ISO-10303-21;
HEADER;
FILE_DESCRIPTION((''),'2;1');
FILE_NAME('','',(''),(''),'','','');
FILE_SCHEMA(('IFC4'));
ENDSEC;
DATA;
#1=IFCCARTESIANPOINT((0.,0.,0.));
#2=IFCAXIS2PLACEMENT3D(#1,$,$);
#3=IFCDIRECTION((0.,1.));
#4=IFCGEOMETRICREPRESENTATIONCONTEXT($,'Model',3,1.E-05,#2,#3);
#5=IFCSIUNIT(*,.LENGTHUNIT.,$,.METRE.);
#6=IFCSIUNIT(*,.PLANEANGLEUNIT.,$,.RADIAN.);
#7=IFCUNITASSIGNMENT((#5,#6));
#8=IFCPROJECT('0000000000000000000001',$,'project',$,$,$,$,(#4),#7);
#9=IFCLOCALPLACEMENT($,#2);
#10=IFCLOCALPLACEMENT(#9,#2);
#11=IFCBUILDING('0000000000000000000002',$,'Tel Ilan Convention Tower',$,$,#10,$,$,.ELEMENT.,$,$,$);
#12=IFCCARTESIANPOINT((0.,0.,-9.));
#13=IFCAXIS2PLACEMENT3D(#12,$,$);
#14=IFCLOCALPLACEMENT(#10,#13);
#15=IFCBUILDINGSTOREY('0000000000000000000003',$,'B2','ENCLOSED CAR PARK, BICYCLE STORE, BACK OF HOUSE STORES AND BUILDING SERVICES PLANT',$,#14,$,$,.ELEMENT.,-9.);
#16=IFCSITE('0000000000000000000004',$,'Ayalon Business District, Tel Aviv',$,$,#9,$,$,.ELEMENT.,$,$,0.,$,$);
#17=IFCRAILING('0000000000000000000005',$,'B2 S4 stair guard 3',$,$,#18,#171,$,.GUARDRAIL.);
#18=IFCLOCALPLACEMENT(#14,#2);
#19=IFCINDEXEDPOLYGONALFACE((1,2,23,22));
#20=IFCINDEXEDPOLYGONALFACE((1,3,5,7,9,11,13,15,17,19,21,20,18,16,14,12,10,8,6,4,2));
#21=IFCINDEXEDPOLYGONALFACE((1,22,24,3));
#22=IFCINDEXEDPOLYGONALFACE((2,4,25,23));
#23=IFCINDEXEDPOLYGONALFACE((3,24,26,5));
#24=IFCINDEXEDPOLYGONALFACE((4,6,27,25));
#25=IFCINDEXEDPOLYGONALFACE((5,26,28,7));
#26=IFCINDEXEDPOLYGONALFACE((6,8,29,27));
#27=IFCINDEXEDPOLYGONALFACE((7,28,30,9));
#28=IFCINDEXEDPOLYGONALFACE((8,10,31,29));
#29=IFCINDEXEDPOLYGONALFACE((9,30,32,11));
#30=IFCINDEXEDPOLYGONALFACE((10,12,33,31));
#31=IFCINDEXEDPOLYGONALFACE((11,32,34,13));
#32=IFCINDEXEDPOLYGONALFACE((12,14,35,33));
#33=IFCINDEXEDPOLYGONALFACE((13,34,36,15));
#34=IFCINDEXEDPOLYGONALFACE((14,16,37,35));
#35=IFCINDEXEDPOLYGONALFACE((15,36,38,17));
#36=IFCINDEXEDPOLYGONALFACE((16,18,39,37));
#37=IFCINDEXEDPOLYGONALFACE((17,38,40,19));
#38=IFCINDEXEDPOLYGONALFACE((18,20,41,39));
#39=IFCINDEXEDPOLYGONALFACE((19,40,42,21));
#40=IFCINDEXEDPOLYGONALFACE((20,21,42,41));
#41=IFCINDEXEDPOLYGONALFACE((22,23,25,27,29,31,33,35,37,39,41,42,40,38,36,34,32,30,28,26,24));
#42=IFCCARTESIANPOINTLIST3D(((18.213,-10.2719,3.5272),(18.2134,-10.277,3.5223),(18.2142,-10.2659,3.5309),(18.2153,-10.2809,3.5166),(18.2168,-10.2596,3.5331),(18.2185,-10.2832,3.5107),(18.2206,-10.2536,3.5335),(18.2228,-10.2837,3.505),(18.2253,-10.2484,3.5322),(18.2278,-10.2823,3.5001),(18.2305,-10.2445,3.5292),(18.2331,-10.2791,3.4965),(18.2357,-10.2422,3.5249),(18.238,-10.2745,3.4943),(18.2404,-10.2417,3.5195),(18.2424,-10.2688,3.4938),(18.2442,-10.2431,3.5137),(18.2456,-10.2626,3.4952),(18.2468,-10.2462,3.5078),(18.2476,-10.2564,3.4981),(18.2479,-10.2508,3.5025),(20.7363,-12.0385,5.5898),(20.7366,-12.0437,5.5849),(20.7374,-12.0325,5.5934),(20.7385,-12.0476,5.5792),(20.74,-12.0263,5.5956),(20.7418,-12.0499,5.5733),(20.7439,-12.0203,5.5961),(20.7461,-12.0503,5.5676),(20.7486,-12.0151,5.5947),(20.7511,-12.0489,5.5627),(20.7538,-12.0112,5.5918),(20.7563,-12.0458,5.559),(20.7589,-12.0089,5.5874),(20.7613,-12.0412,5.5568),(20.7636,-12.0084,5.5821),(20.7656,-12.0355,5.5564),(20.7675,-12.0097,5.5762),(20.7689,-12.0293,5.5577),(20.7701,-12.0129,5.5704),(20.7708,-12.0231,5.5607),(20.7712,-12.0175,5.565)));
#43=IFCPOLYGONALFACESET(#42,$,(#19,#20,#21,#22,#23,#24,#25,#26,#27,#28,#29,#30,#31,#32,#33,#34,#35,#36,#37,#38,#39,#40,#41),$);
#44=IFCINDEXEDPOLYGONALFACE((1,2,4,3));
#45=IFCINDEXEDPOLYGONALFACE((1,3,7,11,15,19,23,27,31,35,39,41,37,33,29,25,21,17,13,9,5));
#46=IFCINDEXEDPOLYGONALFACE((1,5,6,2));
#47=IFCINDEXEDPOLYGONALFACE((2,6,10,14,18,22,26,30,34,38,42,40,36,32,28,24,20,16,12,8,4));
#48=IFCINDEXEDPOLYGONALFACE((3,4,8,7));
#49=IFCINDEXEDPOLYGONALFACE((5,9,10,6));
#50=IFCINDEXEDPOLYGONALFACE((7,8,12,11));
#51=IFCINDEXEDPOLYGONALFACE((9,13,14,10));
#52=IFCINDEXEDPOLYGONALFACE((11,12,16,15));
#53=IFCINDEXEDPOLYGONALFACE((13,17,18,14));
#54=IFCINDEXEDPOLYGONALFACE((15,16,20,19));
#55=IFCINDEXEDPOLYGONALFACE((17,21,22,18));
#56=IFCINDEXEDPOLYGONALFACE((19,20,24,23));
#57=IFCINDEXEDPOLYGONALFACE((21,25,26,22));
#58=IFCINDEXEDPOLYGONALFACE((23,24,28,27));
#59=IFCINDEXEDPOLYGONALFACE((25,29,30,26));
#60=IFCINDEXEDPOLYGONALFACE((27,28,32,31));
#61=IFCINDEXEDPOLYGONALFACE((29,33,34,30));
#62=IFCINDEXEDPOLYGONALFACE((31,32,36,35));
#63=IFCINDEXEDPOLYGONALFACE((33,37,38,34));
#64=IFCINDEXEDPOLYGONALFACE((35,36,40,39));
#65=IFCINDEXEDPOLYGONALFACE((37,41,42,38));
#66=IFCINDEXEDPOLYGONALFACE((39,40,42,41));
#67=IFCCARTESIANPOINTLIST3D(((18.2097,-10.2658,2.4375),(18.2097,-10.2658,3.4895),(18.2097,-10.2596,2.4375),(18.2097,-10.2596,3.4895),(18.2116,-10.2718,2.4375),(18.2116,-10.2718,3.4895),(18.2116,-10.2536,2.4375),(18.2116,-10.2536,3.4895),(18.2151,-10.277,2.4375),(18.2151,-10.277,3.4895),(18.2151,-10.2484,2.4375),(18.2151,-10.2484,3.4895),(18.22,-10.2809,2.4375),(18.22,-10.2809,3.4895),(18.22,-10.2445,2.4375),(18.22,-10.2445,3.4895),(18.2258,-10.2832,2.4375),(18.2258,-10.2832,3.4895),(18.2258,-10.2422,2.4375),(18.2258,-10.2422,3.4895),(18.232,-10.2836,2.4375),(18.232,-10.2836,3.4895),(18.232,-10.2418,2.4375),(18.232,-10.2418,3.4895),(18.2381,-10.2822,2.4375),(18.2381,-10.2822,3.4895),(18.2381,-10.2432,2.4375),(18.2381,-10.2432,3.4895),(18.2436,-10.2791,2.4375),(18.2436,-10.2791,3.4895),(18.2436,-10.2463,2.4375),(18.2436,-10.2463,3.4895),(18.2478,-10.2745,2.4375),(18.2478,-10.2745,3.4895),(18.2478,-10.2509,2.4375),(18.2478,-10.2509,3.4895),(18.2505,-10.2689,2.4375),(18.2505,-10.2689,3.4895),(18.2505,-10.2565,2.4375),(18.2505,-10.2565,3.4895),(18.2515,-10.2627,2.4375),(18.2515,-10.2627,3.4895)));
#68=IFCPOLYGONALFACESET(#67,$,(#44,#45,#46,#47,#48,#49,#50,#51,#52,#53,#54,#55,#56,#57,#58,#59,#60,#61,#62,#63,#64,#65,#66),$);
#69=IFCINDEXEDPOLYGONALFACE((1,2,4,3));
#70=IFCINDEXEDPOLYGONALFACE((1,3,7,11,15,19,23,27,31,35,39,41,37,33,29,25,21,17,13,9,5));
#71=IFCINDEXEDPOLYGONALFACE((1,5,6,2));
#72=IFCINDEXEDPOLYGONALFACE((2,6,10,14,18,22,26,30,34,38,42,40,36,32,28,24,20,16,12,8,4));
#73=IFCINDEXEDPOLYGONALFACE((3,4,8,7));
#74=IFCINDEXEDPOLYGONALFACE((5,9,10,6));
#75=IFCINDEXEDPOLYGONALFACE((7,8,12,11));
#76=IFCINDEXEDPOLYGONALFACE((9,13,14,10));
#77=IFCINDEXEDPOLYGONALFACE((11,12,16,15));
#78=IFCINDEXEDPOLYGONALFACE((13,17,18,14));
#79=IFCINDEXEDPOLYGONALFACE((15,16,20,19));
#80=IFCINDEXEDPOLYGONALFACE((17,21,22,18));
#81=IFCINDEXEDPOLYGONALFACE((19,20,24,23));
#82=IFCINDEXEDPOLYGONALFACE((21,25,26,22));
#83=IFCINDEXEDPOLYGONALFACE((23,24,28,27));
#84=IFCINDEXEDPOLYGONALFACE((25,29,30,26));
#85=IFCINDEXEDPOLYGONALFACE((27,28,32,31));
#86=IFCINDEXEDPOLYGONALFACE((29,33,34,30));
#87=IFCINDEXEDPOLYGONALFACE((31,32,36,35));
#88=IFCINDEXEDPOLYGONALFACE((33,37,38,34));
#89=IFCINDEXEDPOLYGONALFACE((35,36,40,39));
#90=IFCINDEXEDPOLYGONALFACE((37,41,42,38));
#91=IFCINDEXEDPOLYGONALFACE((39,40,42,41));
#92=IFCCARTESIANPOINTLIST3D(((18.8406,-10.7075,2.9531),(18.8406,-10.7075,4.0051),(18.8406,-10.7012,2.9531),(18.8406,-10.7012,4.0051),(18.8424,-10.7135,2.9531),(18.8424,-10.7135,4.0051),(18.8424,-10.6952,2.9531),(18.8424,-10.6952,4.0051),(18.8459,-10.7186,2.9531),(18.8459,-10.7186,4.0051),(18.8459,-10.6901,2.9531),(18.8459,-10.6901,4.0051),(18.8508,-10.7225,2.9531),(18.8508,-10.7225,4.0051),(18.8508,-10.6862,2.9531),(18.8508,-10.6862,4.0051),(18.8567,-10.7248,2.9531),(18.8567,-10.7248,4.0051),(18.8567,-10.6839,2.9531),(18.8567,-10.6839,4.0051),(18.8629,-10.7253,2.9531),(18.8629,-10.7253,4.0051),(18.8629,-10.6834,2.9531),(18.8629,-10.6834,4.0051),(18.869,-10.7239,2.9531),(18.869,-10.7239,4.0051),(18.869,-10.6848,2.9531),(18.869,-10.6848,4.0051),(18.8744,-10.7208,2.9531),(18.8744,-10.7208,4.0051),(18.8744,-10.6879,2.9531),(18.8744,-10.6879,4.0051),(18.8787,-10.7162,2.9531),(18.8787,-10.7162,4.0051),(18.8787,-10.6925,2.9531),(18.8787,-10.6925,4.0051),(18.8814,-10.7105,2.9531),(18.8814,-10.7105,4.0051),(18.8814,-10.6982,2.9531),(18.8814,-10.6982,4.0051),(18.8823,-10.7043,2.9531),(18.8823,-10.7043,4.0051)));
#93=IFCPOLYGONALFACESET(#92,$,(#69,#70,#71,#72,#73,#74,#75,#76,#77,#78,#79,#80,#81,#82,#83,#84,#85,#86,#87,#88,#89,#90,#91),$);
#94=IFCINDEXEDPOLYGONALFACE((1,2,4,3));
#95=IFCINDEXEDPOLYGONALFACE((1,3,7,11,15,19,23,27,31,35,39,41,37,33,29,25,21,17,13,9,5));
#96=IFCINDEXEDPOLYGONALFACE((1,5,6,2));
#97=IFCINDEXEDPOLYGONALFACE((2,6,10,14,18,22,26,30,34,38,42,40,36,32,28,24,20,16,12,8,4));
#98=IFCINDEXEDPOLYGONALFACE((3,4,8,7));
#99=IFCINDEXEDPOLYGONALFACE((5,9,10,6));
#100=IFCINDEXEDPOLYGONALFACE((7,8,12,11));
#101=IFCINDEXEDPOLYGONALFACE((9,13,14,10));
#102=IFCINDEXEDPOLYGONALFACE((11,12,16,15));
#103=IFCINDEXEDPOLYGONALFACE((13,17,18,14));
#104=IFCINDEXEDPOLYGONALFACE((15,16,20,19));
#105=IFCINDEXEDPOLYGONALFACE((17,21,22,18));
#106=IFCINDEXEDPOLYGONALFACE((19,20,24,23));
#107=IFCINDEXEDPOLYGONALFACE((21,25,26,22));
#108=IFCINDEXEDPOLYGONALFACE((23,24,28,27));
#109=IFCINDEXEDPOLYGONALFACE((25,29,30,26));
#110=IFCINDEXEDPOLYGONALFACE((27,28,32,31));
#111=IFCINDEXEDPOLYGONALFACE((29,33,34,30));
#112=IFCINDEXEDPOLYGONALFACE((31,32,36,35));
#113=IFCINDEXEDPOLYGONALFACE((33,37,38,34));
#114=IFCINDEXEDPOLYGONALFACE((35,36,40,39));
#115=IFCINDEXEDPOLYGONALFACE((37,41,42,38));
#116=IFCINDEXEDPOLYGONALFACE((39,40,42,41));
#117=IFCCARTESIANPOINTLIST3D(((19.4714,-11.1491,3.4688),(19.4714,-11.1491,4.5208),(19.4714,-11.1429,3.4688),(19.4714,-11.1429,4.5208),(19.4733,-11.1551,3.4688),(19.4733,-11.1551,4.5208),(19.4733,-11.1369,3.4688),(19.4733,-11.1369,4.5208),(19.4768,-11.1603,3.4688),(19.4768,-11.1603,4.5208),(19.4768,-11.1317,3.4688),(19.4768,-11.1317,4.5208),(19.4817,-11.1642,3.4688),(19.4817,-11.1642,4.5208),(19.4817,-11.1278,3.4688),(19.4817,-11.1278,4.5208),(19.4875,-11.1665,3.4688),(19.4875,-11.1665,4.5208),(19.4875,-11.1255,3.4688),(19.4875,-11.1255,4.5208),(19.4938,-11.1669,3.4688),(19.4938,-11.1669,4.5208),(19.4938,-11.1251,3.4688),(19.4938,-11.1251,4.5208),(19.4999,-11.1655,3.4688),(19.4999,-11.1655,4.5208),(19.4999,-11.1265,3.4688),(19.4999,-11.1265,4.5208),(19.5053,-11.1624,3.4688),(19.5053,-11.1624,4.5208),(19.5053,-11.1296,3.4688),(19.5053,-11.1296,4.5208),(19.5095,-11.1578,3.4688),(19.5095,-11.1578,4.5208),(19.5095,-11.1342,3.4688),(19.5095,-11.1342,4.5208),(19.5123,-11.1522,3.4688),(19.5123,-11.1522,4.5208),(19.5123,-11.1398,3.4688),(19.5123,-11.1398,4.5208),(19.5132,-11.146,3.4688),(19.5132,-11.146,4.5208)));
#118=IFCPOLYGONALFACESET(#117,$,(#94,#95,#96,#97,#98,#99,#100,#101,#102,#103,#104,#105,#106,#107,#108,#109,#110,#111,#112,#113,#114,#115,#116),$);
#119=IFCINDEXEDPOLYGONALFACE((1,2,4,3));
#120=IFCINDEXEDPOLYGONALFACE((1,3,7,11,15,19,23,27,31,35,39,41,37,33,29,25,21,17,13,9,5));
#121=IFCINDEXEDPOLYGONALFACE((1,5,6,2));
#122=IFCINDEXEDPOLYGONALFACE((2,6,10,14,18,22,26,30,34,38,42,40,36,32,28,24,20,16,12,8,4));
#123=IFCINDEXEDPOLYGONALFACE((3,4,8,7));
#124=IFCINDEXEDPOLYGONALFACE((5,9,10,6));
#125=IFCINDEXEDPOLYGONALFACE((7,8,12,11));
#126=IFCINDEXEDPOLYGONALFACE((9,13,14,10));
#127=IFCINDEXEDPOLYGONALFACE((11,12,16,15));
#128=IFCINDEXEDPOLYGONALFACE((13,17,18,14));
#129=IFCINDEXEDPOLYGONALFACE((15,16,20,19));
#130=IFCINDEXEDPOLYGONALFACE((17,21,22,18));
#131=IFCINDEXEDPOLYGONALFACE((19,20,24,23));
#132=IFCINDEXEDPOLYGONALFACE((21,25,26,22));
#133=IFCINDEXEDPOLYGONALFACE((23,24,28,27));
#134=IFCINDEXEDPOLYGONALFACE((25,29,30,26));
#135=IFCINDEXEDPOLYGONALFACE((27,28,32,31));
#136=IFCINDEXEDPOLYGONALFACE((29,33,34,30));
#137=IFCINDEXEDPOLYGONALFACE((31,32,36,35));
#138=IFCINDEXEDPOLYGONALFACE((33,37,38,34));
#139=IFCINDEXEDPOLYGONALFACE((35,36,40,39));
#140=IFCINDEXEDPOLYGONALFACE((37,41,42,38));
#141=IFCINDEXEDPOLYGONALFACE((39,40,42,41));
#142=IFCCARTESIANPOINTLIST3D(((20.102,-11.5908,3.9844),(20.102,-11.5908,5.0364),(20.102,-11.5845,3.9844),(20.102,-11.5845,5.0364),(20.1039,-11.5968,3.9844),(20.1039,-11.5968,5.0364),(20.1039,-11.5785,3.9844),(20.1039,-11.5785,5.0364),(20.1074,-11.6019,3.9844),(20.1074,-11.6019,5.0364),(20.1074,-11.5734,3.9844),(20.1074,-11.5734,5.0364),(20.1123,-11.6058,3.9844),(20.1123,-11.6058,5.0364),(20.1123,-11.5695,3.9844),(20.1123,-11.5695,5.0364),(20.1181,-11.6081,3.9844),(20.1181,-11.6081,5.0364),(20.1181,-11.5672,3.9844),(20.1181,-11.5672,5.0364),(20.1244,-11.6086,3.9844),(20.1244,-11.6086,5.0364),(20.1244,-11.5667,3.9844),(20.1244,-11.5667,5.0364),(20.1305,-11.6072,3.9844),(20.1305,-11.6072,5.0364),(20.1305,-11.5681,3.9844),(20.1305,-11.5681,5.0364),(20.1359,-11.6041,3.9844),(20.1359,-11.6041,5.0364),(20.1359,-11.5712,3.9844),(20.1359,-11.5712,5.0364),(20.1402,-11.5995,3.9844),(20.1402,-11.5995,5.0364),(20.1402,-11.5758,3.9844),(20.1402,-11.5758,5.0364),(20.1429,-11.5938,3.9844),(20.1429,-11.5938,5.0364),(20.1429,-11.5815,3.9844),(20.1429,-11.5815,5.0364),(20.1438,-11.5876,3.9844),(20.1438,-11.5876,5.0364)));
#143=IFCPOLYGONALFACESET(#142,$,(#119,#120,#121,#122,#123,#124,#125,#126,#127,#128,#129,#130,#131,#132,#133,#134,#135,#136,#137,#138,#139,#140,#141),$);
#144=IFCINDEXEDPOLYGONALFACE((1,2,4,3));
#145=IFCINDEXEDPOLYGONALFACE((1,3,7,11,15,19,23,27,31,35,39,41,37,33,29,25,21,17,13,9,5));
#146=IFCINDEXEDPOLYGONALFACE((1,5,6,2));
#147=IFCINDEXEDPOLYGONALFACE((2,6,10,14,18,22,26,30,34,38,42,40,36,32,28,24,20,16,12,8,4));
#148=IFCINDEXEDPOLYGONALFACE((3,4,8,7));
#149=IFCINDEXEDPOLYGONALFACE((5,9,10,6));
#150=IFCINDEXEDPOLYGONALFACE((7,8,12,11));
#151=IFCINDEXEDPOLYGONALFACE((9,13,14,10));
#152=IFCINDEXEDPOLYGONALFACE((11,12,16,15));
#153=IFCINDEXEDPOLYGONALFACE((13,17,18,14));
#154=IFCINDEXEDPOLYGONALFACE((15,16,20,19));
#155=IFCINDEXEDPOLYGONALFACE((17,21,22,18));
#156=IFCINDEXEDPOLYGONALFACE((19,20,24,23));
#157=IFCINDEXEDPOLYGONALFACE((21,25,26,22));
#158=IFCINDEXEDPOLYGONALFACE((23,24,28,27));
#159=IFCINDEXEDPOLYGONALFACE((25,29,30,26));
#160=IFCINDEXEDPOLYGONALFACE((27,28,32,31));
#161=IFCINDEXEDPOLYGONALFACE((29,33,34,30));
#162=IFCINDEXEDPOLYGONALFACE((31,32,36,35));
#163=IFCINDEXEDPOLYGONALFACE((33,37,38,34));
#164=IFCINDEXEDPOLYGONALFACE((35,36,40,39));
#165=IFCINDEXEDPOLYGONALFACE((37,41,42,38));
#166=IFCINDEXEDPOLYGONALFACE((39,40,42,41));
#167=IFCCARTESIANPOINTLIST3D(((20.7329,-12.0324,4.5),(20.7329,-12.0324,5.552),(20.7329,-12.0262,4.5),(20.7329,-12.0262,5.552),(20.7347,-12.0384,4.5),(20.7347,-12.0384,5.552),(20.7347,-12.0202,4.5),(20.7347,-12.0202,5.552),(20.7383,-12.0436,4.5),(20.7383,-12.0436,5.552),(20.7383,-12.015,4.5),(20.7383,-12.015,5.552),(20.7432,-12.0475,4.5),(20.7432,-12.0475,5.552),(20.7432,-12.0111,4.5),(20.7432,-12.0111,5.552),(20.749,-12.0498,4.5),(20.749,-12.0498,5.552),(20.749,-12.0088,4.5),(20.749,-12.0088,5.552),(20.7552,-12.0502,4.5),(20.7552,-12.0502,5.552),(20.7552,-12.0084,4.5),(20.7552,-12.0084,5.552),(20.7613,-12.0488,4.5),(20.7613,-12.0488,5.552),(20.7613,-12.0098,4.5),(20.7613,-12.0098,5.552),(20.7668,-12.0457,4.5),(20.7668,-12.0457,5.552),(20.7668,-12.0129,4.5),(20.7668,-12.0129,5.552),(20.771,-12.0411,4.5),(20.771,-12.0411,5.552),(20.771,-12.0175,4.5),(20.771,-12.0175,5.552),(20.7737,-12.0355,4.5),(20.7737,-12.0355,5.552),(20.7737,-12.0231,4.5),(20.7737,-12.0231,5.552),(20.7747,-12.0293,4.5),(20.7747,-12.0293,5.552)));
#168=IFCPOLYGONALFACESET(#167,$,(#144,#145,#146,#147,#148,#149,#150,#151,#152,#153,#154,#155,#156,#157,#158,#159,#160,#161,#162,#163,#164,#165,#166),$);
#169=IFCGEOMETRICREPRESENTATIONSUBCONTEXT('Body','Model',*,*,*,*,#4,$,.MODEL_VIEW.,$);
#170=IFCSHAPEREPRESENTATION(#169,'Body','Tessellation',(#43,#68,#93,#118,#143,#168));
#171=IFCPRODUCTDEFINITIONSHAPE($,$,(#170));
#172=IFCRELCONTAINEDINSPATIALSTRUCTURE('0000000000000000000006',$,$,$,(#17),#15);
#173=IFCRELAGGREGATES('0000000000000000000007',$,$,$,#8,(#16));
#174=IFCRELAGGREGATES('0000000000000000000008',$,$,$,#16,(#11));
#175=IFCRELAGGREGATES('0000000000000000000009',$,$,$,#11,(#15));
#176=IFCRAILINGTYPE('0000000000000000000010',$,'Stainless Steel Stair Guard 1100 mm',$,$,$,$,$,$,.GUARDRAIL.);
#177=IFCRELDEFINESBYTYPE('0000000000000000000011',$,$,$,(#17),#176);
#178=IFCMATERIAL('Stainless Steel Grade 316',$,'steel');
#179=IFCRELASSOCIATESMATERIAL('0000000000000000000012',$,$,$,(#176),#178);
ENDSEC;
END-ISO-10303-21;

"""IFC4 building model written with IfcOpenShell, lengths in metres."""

from ifc_helpers import new_model, si_unit, direction, frame, origin, origin_2d, place, context, subcontext, project, spatial, circle, extrude, material, type_object, element, save


model = new_model("IFC4")

# Units and contexts
model_context = context("Model", 3, precision=1e-05, world=origin(), true_north=direction((0.0, 1.0)))
body_context = subcontext(model_context, "Body", "Model", "MODEL_VIEW")
ifc_project = project(units=[si_unit("LENGTHUNIT", "METRE"), si_unit("PLANEANGLEUNIT", "RADIAN")], contexts=[model_context])

# Site, building, storey
site_placement = place(None, origin())
site = spatial("IfcSite", under=ifc_project, at=site_placement, Name="Ayalon Business District, Tel Aviv", CompositionType="ELEMENT", RefElevation=0.0)
building_placement = place(site_placement, origin())
building = spatial("IfcBuilding", under=site, at=building_placement, Name="Tel Ilan Convention Tower", CompositionType="ELEMENT")
storey_placement = place(building_placement, frame((0.0, 0.0, -9.0)))
storey = spatial("IfcBuildingStorey", under=building, at=storey_placement, Name="B2", Description="ENCLOSED CAR PARK, BICYCLE STORE, BACK OF HOUSE STORES AND BUILDING SERVICES PLANT", CompositionType="ELEMENT", Elevation=-9.0)

# Railing
ifc_material_1 = material(Name="Stainless Steel Grade 316", Category="steel")
railing_type_1 = type_object("IfcRailingType", Name="Stainless Steel Stair Guard 1100 mm", PredefinedType="GUARDRAIL", material=ifc_material_1)
railing_1_placement = place(storey_placement, frame((18.2305, -10.2627, 2.4375)))
element("IfcRailing", 1, at=railing_1_placement, inside=storey, type_object=railing_type_1, Name="B2 S4 stair guard 3", PredefinedType="GUARDRAIL", context=body_context, shape_type="SweptSolid", body=[
    extrude(circle(Radius=0.0239, at=origin_2d()), frame((0.0, 0.0, 1.0762), z_axis=(0.68067, -0.476568, 0.556391), x_axis=(0.573542, 0.819176, 0.0)), (0.0, 0.0, 1.0), 3.707),
    extrude(circle(Radius=0.021, at=origin_2d()), origin(), (0.0, 0.0, 1.0), 1.052),
    extrude(circle(Radius=0.021, at=origin_2d()), frame((0.6309, -0.4417, 0.5156)), (0.0, 0.0, 1.0), 1.052),
    extrude(circle(Radius=0.021, at=origin_2d()), frame((1.2617, -0.8833, 1.0312)), (0.0, 0.0, 1.0), 1.052),
    extrude(circle(Radius=0.021, at=origin_2d()), frame((1.8923, -1.325, 1.5469)), (0.0, 0.0, 1.0), 1.052),
    extrude(circle(Radius=0.021, at=origin_2d()), frame((2.5232, -1.7666, 2.0625)), (0.0, 0.0, 1.0), 1.052),
])

save(model, "model.ifc")
